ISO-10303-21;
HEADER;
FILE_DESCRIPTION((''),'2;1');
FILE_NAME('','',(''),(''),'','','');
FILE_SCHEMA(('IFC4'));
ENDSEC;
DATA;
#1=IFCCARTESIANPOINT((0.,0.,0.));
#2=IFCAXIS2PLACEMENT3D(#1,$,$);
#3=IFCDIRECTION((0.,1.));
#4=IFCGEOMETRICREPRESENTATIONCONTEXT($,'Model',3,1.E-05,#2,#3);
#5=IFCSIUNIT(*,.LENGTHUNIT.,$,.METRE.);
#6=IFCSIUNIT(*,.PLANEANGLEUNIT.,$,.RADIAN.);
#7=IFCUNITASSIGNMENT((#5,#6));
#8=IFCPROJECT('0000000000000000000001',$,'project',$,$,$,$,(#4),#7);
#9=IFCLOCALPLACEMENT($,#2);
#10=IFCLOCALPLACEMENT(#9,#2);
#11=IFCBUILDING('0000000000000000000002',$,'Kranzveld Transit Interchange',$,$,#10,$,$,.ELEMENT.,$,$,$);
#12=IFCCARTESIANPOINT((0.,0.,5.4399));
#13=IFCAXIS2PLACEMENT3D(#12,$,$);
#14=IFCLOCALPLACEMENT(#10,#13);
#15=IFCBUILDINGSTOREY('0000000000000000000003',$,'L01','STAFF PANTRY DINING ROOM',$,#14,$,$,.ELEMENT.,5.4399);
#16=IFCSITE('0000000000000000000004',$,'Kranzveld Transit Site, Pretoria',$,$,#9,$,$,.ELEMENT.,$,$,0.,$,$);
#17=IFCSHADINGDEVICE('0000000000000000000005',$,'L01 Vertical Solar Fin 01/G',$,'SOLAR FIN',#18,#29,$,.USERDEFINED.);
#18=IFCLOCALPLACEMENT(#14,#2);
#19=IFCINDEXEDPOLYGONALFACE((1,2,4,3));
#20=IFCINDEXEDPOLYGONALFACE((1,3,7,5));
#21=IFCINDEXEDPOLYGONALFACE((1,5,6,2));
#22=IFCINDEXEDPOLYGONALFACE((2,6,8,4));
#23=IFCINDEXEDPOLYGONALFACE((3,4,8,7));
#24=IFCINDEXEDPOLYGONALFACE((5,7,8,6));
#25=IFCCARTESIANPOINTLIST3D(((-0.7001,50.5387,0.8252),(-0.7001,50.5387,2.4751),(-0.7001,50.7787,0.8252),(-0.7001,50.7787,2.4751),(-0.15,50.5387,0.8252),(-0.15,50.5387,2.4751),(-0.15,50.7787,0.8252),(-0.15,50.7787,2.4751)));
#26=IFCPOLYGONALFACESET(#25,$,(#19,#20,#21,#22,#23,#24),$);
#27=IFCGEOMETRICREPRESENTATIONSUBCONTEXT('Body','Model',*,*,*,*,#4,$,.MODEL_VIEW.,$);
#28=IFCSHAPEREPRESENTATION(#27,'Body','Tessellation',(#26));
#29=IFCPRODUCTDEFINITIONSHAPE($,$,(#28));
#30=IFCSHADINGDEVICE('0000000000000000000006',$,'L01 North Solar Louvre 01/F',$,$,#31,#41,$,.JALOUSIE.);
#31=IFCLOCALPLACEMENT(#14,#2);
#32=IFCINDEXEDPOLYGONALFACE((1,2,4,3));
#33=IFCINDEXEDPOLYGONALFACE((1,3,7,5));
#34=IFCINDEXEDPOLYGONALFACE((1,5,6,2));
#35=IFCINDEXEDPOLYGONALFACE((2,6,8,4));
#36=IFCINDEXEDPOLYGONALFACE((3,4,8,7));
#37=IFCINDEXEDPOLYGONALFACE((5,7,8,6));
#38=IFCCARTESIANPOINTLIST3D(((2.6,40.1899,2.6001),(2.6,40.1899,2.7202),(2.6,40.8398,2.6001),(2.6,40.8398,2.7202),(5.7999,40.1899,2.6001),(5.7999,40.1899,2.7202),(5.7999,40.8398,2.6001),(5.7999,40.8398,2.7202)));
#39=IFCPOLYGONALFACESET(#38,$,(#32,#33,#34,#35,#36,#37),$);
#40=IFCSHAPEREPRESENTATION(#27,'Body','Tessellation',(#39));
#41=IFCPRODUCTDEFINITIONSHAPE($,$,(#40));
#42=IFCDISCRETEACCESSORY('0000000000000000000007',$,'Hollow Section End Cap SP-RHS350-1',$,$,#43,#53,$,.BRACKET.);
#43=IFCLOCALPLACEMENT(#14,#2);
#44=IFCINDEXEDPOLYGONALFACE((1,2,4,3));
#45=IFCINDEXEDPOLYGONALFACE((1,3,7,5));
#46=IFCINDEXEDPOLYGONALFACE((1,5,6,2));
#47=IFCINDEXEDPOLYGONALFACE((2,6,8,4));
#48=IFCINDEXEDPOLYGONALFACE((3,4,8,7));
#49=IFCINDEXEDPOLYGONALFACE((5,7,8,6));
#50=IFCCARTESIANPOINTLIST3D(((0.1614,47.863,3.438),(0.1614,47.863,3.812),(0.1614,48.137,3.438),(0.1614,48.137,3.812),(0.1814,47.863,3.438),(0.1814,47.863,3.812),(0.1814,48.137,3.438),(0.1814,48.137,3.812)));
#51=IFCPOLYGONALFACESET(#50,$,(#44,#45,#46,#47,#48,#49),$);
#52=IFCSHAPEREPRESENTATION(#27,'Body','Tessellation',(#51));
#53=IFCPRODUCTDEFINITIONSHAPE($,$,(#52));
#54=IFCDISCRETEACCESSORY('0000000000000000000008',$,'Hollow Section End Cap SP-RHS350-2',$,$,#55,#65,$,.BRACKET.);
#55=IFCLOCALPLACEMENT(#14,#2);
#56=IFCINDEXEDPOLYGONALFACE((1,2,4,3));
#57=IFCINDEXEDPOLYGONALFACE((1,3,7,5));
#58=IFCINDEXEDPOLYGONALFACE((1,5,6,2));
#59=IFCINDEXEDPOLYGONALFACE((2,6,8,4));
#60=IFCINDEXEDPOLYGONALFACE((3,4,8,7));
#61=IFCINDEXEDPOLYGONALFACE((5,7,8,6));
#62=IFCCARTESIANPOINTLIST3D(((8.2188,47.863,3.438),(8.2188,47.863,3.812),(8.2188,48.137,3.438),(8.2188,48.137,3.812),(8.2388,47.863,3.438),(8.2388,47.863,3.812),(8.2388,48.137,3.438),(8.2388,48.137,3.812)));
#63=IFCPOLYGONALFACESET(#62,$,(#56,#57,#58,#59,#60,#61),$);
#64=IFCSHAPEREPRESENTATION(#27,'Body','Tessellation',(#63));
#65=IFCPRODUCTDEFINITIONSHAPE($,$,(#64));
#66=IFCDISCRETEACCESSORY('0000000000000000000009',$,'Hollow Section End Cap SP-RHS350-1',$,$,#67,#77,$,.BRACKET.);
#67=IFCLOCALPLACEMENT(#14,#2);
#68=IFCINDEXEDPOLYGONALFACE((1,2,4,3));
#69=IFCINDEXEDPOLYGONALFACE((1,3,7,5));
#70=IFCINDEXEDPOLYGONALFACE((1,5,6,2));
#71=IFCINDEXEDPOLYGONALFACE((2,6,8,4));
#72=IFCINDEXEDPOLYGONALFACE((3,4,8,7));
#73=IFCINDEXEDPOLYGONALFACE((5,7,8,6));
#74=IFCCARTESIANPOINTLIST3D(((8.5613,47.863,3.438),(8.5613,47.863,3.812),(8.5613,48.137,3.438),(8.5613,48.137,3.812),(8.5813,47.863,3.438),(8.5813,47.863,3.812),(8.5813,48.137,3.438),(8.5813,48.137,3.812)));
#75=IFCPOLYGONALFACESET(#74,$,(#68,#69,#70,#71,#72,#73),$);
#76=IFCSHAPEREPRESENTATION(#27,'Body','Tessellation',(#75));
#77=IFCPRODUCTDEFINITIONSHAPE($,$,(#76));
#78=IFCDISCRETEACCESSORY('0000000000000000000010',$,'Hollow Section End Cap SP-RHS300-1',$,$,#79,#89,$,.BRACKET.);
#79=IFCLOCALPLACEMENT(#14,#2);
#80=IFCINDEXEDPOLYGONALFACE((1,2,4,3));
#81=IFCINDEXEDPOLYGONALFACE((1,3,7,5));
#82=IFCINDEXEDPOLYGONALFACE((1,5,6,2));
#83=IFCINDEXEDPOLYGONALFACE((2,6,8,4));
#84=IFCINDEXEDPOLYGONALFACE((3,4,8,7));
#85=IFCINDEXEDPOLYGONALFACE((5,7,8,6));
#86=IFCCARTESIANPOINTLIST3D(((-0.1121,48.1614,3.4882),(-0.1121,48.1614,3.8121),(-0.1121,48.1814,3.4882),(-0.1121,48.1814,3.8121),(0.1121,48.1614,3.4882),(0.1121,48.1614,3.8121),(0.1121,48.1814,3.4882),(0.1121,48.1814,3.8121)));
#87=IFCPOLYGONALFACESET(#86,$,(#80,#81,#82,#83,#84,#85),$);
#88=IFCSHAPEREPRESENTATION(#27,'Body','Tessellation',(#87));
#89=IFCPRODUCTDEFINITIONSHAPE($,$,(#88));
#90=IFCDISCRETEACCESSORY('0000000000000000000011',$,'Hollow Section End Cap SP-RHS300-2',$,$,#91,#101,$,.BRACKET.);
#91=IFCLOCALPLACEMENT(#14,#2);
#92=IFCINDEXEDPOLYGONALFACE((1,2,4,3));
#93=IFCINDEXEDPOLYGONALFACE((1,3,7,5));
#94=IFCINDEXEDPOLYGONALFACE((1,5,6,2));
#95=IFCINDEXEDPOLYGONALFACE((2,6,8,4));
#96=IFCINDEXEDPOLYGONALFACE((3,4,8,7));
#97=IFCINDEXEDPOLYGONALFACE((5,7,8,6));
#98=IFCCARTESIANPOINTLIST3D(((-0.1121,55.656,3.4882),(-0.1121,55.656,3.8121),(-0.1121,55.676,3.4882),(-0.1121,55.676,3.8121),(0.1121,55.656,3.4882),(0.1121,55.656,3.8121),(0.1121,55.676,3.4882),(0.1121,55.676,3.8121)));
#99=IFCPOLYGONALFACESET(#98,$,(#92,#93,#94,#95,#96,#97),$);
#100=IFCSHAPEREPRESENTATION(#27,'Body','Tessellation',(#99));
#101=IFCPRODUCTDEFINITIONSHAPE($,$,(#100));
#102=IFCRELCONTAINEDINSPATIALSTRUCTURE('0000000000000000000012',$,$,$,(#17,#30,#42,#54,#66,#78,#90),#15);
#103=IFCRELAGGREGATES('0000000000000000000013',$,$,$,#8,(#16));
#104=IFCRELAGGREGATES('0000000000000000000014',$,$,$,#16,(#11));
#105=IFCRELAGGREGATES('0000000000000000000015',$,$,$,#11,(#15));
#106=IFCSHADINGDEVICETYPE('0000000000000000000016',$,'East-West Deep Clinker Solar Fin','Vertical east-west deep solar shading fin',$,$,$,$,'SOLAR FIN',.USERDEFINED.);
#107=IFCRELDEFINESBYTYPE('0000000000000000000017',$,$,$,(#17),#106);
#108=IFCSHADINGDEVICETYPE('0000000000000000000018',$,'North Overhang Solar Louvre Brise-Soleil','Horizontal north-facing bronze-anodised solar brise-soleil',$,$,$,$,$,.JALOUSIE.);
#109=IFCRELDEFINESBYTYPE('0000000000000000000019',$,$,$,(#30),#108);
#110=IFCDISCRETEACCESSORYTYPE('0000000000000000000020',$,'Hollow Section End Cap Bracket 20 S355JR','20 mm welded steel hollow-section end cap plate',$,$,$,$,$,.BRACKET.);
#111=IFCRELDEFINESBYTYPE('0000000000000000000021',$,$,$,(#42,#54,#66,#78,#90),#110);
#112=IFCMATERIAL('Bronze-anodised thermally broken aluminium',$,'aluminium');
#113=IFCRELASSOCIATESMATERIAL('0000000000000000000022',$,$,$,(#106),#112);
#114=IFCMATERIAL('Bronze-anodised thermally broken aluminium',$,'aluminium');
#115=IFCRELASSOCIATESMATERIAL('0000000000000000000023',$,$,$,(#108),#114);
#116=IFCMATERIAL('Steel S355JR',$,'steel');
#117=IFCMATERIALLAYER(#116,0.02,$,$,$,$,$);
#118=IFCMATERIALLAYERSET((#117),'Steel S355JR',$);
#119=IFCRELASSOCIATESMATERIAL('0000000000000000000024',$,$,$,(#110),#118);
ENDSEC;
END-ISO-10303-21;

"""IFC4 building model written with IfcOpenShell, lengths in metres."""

from ifc_helpers import new_model, si_unit, direction, frame, origin, origin_2d, place, context, subcontext, project, spatial, rectangle, extrude, material, layer, layer_set, type_object, element, save


model = new_model("IFC4")

# Units and contexts
model_context = context("Model", 3, precision=1e-05, world=origin(), true_north=direction((0.0, 1.0)))
body_context = subcontext(model_context, "Body", "Model", "MODEL_VIEW")
ifc_project = project(units=[si_unit("LENGTHUNIT", "METRE"), si_unit("PLANEANGLEUNIT", "RADIAN")], contexts=[model_context])

# Site, building, storey
site_placement = place(None, origin())
site = spatial("IfcSite", under=ifc_project, at=site_placement, Name="Kranzveld Transit Site, Pretoria", CompositionType="ELEMENT", RefElevation=0.0)
building_placement = place(site_placement, origin())
building = spatial("IfcBuilding", under=site, at=building_placement, Name="Kranzveld Transit Interchange", CompositionType="ELEMENT")
storey_placement = place(building_placement, frame((0.0, 0.0, 5.4399)))
storey = spatial("IfcBuildingStorey", under=building, at=storey_placement, Name="L01", Description="STAFF PANTRY DINING ROOM", CompositionType="ELEMENT", Elevation=5.4399)

# Shading devices
ifc_material_1 = material(Name="Bronze-anodised thermally broken aluminium", Category="aluminium")
shading_device_type_1 = type_object("IfcShadingDeviceType", Name="East-West Deep Clinker Solar Fin", Description="Vertical east-west deep solar shading fin", ElementType="SOLAR FIN", PredefinedType="USERDEFINED", material=ifc_material_1)
shading_device_1_placement = place(storey_placement, frame((-0.425, 50.6587, 0.8252), z_axis=(0.0, 0.0, 1.0), x_axis=(0.0, 1.0, 0.0)))
element("IfcShadingDevice", 1, at=shading_device_1_placement, inside=storey, type_object=shading_device_type_1, Name="L01 Vertical Solar Fin 01/G", ObjectType="SOLAR FIN", PredefinedType="USERDEFINED", context=body_context, shape_type="SweptSolid", body=[
    extrude(rectangle(XDim=0.24, YDim=0.55, at=origin_2d()), origin(), (0.0, 0.0, 1.0), 1.6499),
])
ifc_material_2 = material(Name="Bronze-anodised thermally broken aluminium", Category="aluminium")
shading_device_type_2 = type_object("IfcShadingDeviceType", Name="North Overhang Solar Louvre Brise-Soleil", Description="Horizontal north-facing bronze-anodised solar brise-soleil", PredefinedType="JALOUSIE", material=ifc_material_2)
shading_device_2_placement = place(storey_placement, frame((4.2, 40.5149, 2.6001), z_axis=(0.0, 0.0, 1.0), x_axis=(1.0, 0.0, 0.0)))
element("IfcShadingDevice", 2, at=shading_device_2_placement, inside=storey, type_object=shading_device_type_2, Name="L01 North Solar Louvre 01/F", PredefinedType="JALOUSIE", context=body_context, shape_type="SweptSolid", body=[
    extrude(rectangle(XDim=3.2, YDim=0.6499, at=origin_2d()), origin(), (0.0, 0.0, 1.0), 0.1201),
])

# Discrete accessories
ifc_material_3 = material(Name="Steel S355JR", Category="steel")
ifc_layer_1 = layer(ifc_material_3, 0.02)
ifc_layer_set_1 = layer_set([ifc_layer_1], Name="Steel S355JR")
discrete_accessory_type = type_object("IfcDiscreteAccessoryType", Name="Hollow Section End Cap Bracket 20 S355JR", Description="20 mm welded steel hollow-section end cap plate", PredefinedType="BRACKET", material=ifc_layer_set_1)
for number, where, z_axis, x_axis, name in (
    (3, (0.1814, 48.0, 3.625), (-1.0, 0.0, 0.0), (0.0, -1.0, 0.0), "Hollow Section End Cap SP-RHS350-1"),
    (4, (8.2188, 48.0, 3.625), (1.0, 0.0, 0.0), (0.0, 1.0, 0.0), "Hollow Section End Cap SP-RHS350-2"),
    (5, (8.5813, 48.0, 3.625), (-1.0, 0.0, 0.0), (0.0, -1.0, 0.0), "Hollow Section End Cap SP-RHS350-1"),
):
    element("IfcDiscreteAccessory", number, at=place(storey_placement, frame(where, z_axis=z_axis, x_axis=x_axis)), inside=storey, type_object=discrete_accessory_type, Name=name, PredefinedType="BRACKET", context=body_context, shape_type="SweptSolid", body=[
        extrude(rectangle(XDim=0.2739, YDim=0.374, at=origin_2d()), origin(), (0.0, 0.0, 1.0), 0.02),
    ])
for number, where, z_axis, x_axis, name in (
    (6, (0.0, 48.1814, 3.6501), (0.0, -1.0, 0.0), (1.0, 0.0, 0.0), "Hollow Section End Cap SP-RHS300-1"),
    (7, (0.0, 55.656, 3.6501), (0.0, 1.0, 0.0), (-1.0, 0.0, 0.0), "Hollow Section End Cap SP-RHS300-2"),
):
    element("IfcDiscreteAccessory", number, at=place(storey_placement, frame(where, z_axis=z_axis, x_axis=x_axis)), inside=storey, type_object=discrete_accessory_type, Name=name, PredefinedType="BRACKET", context=body_context, shape_type="SweptSolid", body=[
        extrude(rectangle(XDim=0.2241, YDim=0.324, at=origin_2d()), origin(), (0.0, 0.0, 1.0), 0.02),
    ])

save(model, "model.ifc")
